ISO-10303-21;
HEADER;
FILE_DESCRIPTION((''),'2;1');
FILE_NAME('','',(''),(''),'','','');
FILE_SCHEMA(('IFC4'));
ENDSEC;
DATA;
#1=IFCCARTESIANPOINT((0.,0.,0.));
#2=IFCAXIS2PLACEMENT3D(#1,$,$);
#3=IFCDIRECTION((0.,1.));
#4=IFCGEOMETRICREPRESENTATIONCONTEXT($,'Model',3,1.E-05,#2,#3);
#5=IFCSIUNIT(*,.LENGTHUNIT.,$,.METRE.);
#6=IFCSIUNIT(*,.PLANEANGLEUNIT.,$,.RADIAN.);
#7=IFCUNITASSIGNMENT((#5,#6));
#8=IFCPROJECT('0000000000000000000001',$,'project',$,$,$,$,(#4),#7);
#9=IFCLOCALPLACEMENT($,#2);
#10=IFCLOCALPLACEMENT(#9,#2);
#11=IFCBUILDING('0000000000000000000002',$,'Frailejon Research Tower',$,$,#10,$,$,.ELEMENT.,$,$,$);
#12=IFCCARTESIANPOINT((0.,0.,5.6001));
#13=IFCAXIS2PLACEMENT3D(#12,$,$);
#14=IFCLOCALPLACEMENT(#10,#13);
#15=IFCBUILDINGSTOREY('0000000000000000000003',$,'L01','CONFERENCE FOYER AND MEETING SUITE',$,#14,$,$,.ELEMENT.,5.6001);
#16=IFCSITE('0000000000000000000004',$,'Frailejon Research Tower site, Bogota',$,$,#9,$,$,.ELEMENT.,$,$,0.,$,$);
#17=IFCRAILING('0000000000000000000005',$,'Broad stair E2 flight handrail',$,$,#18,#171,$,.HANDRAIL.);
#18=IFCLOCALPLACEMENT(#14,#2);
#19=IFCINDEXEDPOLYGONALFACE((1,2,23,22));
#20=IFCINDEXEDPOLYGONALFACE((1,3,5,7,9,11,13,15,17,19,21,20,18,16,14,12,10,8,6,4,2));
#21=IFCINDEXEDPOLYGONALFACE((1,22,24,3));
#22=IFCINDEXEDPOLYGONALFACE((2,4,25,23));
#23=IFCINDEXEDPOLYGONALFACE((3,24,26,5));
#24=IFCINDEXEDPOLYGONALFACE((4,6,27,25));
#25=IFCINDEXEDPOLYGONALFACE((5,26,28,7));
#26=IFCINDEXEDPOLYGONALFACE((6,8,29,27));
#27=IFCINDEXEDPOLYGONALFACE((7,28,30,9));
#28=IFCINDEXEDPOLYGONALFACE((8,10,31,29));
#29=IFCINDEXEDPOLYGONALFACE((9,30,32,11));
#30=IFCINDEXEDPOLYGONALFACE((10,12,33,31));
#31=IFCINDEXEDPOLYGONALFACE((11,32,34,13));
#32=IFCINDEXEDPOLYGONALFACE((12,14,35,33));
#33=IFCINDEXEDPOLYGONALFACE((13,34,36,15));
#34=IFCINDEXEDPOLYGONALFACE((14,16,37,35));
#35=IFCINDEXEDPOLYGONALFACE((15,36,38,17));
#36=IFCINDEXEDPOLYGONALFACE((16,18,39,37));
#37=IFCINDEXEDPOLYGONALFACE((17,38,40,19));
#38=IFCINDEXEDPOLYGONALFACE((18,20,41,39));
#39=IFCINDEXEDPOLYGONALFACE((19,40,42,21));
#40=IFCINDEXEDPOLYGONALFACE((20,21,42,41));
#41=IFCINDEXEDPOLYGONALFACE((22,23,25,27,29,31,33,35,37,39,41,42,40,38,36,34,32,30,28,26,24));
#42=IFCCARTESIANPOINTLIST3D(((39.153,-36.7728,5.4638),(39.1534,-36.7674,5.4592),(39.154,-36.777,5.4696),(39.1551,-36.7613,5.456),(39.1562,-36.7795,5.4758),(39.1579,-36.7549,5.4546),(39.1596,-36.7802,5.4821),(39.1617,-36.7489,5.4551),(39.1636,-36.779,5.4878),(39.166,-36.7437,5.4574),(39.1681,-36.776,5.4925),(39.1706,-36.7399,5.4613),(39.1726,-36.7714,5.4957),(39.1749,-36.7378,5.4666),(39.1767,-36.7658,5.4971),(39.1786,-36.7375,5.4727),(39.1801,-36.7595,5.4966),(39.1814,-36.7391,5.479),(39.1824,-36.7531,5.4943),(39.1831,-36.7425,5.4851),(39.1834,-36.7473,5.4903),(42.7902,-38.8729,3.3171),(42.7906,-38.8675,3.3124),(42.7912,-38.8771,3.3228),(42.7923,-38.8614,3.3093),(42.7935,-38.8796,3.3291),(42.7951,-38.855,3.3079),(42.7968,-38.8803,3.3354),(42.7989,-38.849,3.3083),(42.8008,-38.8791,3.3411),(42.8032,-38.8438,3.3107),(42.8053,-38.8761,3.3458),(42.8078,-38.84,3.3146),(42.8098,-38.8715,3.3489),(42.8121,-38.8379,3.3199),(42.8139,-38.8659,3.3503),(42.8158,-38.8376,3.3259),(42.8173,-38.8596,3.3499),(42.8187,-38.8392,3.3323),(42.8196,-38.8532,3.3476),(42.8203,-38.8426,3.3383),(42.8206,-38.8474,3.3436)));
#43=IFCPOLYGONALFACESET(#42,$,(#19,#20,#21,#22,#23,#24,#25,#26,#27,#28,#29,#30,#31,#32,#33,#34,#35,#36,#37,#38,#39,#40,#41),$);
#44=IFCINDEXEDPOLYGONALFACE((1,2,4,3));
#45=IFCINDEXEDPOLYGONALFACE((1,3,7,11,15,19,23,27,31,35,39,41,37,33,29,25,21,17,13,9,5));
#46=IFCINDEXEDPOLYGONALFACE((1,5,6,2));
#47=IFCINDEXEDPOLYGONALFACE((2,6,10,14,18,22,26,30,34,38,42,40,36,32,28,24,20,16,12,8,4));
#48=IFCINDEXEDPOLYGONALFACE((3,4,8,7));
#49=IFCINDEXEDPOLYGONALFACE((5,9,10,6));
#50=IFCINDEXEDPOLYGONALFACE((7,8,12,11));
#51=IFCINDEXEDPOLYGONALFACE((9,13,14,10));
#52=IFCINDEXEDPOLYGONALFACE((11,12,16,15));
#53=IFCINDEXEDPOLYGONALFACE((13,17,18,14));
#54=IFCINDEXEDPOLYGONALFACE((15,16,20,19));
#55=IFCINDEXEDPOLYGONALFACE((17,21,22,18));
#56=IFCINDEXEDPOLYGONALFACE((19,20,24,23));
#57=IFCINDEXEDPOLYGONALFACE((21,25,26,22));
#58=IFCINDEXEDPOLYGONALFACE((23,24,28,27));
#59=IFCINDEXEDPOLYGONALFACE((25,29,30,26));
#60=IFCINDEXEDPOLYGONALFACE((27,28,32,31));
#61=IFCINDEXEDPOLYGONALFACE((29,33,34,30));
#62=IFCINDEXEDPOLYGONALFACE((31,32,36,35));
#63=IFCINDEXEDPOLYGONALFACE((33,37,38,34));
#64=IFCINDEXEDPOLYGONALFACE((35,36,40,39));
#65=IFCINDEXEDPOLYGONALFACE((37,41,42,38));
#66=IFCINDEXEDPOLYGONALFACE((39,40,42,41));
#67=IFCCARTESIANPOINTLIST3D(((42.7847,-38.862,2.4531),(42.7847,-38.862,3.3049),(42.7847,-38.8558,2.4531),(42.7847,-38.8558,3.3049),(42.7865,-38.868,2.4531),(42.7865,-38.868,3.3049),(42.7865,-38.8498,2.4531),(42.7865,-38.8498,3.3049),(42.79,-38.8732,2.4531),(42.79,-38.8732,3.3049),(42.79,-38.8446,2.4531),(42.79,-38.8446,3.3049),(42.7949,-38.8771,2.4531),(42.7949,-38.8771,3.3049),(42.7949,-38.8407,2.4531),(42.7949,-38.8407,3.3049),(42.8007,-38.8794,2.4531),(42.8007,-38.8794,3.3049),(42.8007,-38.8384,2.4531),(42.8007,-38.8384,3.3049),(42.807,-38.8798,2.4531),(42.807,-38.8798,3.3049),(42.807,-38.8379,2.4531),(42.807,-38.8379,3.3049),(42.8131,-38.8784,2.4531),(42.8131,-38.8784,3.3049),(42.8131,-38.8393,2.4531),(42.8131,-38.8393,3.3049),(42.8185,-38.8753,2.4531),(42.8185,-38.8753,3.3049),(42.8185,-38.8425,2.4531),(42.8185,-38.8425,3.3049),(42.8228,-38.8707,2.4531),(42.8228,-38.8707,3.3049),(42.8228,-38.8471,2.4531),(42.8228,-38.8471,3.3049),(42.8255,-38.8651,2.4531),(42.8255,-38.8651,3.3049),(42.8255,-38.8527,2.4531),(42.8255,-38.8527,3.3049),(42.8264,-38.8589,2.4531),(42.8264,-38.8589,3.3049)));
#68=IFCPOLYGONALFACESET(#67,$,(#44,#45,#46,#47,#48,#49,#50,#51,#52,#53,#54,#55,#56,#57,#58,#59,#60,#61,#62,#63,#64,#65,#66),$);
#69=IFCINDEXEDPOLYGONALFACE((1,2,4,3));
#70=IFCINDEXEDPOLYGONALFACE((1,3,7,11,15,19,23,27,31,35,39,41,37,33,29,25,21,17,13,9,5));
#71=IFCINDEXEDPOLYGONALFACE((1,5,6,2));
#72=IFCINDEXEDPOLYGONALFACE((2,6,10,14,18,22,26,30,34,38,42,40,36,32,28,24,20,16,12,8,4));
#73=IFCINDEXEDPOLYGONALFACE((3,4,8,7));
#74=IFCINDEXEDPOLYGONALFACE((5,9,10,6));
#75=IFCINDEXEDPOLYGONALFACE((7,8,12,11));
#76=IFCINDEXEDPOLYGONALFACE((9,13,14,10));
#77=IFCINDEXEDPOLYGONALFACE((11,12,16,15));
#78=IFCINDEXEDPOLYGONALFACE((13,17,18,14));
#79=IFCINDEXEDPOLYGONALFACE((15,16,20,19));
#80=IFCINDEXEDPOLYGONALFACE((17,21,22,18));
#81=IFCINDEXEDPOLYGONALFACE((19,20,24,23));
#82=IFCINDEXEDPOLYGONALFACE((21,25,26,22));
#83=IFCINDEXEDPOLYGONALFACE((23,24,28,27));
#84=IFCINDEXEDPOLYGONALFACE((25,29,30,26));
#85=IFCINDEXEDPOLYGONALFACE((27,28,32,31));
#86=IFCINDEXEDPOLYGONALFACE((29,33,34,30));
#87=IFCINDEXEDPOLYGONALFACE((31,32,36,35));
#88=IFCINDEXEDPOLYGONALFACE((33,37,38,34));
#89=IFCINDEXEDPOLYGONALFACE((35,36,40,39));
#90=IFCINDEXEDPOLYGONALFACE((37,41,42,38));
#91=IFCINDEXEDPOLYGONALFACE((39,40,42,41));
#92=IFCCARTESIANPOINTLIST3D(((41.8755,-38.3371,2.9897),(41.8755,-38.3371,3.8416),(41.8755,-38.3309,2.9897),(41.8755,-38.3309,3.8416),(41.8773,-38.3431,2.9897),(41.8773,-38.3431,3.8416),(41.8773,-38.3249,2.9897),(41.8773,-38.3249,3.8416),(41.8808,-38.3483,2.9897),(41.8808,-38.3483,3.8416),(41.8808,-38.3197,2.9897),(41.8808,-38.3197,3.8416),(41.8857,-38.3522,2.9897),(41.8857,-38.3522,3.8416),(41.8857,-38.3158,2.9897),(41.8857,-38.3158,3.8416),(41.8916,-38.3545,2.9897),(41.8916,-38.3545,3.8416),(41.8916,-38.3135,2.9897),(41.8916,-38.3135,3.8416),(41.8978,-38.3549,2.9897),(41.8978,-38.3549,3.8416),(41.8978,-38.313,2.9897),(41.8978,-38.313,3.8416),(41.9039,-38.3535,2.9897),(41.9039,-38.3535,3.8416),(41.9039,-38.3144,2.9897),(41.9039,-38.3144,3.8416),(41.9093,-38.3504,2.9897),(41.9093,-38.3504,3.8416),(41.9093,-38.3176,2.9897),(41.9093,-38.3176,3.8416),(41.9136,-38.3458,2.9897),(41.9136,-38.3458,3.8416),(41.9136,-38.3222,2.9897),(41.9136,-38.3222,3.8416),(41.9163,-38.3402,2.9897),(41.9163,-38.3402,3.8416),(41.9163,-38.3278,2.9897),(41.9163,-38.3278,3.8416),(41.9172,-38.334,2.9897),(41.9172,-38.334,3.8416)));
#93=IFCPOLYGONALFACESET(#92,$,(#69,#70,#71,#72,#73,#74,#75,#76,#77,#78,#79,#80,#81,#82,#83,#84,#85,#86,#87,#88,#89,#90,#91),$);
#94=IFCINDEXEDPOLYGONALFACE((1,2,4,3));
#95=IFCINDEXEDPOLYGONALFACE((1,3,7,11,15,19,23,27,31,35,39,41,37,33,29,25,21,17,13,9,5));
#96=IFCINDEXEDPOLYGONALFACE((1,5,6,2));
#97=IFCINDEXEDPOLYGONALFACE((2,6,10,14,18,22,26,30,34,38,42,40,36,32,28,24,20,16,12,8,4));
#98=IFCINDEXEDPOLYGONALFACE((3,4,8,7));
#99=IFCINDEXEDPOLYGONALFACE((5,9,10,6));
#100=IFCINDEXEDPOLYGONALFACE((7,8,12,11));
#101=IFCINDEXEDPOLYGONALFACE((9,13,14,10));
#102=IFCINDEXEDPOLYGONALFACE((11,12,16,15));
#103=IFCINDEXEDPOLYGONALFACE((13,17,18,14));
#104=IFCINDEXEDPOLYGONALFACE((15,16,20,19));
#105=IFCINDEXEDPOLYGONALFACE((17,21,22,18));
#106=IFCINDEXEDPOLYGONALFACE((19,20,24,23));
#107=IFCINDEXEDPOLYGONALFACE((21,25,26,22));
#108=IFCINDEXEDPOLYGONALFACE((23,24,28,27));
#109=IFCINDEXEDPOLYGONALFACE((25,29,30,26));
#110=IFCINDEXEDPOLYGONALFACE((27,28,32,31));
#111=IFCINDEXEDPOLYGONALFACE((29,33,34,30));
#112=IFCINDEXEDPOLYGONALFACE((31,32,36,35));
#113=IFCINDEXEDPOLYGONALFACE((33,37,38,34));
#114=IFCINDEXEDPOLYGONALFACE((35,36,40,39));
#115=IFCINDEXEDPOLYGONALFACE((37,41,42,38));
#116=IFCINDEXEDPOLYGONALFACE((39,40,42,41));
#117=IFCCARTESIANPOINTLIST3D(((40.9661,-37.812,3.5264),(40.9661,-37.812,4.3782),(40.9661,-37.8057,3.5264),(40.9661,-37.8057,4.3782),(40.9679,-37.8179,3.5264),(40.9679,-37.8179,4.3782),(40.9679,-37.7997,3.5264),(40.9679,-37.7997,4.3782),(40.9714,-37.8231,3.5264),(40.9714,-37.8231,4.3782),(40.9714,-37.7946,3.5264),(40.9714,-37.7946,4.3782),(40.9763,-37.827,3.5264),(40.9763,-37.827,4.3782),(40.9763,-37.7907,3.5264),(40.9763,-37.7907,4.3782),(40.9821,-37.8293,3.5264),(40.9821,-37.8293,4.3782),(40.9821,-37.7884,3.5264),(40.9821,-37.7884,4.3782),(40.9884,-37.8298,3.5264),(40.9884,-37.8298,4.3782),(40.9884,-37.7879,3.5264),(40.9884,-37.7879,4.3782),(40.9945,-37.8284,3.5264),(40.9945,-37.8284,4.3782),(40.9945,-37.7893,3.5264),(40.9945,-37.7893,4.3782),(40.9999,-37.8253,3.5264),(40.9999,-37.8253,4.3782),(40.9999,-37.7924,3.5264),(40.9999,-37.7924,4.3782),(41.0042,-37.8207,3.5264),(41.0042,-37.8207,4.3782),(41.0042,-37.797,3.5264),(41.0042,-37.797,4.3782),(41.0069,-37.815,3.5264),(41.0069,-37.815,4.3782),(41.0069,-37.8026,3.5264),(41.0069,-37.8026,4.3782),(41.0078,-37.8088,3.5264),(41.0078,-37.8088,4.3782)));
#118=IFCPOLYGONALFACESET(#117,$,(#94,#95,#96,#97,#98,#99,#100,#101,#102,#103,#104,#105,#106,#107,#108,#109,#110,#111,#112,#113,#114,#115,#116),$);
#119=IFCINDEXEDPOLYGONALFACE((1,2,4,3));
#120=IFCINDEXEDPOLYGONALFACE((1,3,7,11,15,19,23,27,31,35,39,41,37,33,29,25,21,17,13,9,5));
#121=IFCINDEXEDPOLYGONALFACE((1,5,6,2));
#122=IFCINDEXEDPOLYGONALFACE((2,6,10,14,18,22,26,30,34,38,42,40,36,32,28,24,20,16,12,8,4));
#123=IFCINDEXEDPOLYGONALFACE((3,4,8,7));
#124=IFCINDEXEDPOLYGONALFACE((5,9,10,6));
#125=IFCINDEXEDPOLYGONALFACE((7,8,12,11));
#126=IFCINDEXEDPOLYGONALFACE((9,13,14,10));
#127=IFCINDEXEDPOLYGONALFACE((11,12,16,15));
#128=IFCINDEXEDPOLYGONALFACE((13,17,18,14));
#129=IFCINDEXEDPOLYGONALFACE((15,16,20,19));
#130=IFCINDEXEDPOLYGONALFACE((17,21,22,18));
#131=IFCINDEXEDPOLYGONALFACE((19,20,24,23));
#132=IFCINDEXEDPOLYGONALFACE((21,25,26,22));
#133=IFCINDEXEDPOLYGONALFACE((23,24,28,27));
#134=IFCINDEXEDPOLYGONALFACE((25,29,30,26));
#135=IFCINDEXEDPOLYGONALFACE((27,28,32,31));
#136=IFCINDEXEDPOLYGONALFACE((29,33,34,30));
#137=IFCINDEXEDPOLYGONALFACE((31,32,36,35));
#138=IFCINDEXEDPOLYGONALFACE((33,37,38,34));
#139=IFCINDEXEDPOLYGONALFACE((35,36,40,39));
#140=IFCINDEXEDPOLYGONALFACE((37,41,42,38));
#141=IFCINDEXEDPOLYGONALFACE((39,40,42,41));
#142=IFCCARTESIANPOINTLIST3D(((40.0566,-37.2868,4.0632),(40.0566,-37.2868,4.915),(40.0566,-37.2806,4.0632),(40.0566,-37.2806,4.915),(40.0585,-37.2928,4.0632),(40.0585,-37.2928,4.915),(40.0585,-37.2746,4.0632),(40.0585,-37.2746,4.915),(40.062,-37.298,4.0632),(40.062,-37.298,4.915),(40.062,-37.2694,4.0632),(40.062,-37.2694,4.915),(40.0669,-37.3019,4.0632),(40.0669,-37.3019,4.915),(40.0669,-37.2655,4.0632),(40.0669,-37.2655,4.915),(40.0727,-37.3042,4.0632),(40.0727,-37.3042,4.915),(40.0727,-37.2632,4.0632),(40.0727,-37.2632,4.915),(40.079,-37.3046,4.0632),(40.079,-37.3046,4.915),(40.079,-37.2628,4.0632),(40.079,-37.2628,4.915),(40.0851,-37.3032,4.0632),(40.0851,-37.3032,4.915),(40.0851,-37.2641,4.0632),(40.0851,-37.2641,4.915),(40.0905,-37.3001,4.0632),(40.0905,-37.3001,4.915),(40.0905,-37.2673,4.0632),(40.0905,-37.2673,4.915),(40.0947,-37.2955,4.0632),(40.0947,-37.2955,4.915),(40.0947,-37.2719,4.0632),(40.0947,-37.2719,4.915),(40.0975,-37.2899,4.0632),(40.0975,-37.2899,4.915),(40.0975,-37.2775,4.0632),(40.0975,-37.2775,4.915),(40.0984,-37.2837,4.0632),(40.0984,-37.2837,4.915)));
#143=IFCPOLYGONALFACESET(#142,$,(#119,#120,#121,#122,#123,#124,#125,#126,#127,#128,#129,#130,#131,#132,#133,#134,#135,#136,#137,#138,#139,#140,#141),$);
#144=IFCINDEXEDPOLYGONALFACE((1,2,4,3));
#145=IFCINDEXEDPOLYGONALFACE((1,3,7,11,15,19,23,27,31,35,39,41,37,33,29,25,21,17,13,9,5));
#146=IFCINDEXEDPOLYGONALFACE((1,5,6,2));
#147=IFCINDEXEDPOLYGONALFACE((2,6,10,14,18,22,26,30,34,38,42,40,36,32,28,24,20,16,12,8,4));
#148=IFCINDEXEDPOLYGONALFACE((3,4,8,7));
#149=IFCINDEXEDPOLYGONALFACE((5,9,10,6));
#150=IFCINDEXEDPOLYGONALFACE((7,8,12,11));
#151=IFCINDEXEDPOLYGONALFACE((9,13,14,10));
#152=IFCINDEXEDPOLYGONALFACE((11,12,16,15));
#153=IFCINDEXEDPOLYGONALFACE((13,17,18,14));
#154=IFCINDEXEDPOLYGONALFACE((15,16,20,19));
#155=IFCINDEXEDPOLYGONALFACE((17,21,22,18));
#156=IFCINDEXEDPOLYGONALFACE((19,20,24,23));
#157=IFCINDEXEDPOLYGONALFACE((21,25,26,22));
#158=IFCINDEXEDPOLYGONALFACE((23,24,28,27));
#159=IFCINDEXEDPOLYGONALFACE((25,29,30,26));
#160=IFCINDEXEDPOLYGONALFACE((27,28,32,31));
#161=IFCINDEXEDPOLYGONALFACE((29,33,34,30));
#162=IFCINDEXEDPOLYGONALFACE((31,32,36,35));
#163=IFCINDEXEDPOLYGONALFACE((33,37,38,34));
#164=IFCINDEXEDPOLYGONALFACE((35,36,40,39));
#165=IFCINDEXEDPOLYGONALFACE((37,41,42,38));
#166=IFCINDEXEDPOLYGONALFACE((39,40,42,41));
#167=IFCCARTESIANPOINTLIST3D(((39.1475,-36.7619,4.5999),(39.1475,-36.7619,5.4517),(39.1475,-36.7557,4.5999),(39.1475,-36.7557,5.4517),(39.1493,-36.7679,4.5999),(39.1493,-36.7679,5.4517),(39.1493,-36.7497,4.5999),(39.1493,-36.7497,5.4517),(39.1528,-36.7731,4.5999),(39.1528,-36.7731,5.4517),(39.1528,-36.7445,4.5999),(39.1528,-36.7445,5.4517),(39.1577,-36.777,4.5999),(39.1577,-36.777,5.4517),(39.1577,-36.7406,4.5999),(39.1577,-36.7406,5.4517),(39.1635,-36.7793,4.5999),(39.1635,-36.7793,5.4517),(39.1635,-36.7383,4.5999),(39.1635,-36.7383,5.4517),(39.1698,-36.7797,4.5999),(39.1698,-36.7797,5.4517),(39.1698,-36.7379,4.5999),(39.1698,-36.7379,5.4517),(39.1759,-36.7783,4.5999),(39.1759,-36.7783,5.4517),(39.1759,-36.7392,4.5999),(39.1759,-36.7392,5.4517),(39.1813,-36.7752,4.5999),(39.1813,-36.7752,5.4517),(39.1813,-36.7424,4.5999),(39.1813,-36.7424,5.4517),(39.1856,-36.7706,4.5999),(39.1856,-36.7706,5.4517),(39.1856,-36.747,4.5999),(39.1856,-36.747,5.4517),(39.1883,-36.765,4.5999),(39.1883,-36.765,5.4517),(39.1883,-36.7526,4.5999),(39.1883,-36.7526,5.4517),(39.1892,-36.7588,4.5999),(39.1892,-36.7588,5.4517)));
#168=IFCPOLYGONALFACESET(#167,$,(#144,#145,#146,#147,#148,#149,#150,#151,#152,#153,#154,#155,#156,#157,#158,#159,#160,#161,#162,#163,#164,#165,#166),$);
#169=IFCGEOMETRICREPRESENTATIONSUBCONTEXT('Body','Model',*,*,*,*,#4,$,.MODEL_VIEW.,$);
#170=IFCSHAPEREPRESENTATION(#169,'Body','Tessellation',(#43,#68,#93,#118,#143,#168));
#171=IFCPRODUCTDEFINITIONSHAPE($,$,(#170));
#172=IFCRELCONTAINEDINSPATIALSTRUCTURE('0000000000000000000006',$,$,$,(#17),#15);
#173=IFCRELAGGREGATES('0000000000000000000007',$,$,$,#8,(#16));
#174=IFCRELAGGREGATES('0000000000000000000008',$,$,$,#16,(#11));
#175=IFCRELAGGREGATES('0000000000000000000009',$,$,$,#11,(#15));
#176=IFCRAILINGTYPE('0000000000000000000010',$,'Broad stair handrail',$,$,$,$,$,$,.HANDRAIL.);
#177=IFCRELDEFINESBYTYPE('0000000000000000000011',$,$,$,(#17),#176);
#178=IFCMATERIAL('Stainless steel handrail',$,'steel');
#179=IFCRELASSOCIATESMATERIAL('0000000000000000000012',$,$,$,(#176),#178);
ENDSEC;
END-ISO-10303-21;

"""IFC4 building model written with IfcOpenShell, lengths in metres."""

from ifc_helpers import new_model, si_unit, direction, frame, origin, origin_2d, place, context, subcontext, project, spatial, circle, extrude, material, type_object, element, save


model = new_model("IFC4")

# Units and contexts
model_context = context("Model", 3, precision=1e-05, world=origin(), true_north=direction((0.0, 1.0)))
body_context = subcontext(model_context, "Body", "Model", "MODEL_VIEW")
ifc_project = project(units=[si_unit("LENGTHUNIT", "METRE"), si_unit("PLANEANGLEUNIT", "RADIAN")], contexts=[model_context])

# Site, building, storey
site_placement = place(None, origin())
site = spatial("IfcSite", under=ifc_project, at=site_placement, Name="Frailejon Research Tower site, Bogota", CompositionType="ELEMENT", RefElevation=0.0)
building_placement = place(site_placement, origin())
building = spatial("IfcBuilding", under=site, at=building_placement, Name="Frailejon Research Tower", CompositionType="ELEMENT")
storey_placement = place(building_placement, frame((0.0, 0.0, 5.6001)))
storey = spatial("IfcBuildingStorey", under=building, at=storey_placement, Name="L01", Description="CONFERENCE FOYER AND MEETING SUITE", CompositionType="ELEMENT", Elevation=5.6001)

# Railing
ifc_material_1 = material(Name="Stainless steel handrail", Category="steel")
railing_type_1 = type_object("IfcRailingType", Name="Broad stair handrail", PredefinedType="HANDRAIL", material=ifc_material_1)
for number, where, name in (
    (1, (42.8054, -38.8589, 2.4531), "Broad stair E2 flight handrail"),
):
    element("IfcRailing", number, at=place(storey_placement, frame(where)), inside=storey, type_object=railing_type_1, Name=name, PredefinedType="HANDRAIL", context=body_context, shape_type="SweptSolid", body=[
        extrude(circle(Radius=0.0239, at=origin_2d()), frame((0.0, 0.0, 0.876), z_axis=(-0.771119, 0.445239, 0.455125), x_axis=(-0.500028, -0.866009, 0.0)), (0.0, 0.0, 1.0), 4.7168),
        extrude(circle(Radius=0.021, at=origin_2d()), origin(), (0.0, 0.0, 1.0), 0.8518),
        extrude(circle(Radius=0.021, at=origin_2d()), frame((-0.9092, 0.5249, 0.5366)), (0.0, 0.0, 1.0), 0.8518),
        extrude(circle(Radius=0.021, at=origin_2d()), frame((-1.8186, 1.05, 1.0732)), (0.0, 0.0, 1.0), 0.8518),
        extrude(circle(Radius=0.021, at=origin_2d()), frame((-2.728, 1.5752, 1.6101)), (0.0, 0.0, 1.0), 0.8518),
        extrude(circle(Radius=0.021, at=origin_2d()), frame((-3.6372, 2.1001, 2.1467)), (0.0, 0.0, 1.0), 0.8518),
    ])

save(model, "model.ifc")
